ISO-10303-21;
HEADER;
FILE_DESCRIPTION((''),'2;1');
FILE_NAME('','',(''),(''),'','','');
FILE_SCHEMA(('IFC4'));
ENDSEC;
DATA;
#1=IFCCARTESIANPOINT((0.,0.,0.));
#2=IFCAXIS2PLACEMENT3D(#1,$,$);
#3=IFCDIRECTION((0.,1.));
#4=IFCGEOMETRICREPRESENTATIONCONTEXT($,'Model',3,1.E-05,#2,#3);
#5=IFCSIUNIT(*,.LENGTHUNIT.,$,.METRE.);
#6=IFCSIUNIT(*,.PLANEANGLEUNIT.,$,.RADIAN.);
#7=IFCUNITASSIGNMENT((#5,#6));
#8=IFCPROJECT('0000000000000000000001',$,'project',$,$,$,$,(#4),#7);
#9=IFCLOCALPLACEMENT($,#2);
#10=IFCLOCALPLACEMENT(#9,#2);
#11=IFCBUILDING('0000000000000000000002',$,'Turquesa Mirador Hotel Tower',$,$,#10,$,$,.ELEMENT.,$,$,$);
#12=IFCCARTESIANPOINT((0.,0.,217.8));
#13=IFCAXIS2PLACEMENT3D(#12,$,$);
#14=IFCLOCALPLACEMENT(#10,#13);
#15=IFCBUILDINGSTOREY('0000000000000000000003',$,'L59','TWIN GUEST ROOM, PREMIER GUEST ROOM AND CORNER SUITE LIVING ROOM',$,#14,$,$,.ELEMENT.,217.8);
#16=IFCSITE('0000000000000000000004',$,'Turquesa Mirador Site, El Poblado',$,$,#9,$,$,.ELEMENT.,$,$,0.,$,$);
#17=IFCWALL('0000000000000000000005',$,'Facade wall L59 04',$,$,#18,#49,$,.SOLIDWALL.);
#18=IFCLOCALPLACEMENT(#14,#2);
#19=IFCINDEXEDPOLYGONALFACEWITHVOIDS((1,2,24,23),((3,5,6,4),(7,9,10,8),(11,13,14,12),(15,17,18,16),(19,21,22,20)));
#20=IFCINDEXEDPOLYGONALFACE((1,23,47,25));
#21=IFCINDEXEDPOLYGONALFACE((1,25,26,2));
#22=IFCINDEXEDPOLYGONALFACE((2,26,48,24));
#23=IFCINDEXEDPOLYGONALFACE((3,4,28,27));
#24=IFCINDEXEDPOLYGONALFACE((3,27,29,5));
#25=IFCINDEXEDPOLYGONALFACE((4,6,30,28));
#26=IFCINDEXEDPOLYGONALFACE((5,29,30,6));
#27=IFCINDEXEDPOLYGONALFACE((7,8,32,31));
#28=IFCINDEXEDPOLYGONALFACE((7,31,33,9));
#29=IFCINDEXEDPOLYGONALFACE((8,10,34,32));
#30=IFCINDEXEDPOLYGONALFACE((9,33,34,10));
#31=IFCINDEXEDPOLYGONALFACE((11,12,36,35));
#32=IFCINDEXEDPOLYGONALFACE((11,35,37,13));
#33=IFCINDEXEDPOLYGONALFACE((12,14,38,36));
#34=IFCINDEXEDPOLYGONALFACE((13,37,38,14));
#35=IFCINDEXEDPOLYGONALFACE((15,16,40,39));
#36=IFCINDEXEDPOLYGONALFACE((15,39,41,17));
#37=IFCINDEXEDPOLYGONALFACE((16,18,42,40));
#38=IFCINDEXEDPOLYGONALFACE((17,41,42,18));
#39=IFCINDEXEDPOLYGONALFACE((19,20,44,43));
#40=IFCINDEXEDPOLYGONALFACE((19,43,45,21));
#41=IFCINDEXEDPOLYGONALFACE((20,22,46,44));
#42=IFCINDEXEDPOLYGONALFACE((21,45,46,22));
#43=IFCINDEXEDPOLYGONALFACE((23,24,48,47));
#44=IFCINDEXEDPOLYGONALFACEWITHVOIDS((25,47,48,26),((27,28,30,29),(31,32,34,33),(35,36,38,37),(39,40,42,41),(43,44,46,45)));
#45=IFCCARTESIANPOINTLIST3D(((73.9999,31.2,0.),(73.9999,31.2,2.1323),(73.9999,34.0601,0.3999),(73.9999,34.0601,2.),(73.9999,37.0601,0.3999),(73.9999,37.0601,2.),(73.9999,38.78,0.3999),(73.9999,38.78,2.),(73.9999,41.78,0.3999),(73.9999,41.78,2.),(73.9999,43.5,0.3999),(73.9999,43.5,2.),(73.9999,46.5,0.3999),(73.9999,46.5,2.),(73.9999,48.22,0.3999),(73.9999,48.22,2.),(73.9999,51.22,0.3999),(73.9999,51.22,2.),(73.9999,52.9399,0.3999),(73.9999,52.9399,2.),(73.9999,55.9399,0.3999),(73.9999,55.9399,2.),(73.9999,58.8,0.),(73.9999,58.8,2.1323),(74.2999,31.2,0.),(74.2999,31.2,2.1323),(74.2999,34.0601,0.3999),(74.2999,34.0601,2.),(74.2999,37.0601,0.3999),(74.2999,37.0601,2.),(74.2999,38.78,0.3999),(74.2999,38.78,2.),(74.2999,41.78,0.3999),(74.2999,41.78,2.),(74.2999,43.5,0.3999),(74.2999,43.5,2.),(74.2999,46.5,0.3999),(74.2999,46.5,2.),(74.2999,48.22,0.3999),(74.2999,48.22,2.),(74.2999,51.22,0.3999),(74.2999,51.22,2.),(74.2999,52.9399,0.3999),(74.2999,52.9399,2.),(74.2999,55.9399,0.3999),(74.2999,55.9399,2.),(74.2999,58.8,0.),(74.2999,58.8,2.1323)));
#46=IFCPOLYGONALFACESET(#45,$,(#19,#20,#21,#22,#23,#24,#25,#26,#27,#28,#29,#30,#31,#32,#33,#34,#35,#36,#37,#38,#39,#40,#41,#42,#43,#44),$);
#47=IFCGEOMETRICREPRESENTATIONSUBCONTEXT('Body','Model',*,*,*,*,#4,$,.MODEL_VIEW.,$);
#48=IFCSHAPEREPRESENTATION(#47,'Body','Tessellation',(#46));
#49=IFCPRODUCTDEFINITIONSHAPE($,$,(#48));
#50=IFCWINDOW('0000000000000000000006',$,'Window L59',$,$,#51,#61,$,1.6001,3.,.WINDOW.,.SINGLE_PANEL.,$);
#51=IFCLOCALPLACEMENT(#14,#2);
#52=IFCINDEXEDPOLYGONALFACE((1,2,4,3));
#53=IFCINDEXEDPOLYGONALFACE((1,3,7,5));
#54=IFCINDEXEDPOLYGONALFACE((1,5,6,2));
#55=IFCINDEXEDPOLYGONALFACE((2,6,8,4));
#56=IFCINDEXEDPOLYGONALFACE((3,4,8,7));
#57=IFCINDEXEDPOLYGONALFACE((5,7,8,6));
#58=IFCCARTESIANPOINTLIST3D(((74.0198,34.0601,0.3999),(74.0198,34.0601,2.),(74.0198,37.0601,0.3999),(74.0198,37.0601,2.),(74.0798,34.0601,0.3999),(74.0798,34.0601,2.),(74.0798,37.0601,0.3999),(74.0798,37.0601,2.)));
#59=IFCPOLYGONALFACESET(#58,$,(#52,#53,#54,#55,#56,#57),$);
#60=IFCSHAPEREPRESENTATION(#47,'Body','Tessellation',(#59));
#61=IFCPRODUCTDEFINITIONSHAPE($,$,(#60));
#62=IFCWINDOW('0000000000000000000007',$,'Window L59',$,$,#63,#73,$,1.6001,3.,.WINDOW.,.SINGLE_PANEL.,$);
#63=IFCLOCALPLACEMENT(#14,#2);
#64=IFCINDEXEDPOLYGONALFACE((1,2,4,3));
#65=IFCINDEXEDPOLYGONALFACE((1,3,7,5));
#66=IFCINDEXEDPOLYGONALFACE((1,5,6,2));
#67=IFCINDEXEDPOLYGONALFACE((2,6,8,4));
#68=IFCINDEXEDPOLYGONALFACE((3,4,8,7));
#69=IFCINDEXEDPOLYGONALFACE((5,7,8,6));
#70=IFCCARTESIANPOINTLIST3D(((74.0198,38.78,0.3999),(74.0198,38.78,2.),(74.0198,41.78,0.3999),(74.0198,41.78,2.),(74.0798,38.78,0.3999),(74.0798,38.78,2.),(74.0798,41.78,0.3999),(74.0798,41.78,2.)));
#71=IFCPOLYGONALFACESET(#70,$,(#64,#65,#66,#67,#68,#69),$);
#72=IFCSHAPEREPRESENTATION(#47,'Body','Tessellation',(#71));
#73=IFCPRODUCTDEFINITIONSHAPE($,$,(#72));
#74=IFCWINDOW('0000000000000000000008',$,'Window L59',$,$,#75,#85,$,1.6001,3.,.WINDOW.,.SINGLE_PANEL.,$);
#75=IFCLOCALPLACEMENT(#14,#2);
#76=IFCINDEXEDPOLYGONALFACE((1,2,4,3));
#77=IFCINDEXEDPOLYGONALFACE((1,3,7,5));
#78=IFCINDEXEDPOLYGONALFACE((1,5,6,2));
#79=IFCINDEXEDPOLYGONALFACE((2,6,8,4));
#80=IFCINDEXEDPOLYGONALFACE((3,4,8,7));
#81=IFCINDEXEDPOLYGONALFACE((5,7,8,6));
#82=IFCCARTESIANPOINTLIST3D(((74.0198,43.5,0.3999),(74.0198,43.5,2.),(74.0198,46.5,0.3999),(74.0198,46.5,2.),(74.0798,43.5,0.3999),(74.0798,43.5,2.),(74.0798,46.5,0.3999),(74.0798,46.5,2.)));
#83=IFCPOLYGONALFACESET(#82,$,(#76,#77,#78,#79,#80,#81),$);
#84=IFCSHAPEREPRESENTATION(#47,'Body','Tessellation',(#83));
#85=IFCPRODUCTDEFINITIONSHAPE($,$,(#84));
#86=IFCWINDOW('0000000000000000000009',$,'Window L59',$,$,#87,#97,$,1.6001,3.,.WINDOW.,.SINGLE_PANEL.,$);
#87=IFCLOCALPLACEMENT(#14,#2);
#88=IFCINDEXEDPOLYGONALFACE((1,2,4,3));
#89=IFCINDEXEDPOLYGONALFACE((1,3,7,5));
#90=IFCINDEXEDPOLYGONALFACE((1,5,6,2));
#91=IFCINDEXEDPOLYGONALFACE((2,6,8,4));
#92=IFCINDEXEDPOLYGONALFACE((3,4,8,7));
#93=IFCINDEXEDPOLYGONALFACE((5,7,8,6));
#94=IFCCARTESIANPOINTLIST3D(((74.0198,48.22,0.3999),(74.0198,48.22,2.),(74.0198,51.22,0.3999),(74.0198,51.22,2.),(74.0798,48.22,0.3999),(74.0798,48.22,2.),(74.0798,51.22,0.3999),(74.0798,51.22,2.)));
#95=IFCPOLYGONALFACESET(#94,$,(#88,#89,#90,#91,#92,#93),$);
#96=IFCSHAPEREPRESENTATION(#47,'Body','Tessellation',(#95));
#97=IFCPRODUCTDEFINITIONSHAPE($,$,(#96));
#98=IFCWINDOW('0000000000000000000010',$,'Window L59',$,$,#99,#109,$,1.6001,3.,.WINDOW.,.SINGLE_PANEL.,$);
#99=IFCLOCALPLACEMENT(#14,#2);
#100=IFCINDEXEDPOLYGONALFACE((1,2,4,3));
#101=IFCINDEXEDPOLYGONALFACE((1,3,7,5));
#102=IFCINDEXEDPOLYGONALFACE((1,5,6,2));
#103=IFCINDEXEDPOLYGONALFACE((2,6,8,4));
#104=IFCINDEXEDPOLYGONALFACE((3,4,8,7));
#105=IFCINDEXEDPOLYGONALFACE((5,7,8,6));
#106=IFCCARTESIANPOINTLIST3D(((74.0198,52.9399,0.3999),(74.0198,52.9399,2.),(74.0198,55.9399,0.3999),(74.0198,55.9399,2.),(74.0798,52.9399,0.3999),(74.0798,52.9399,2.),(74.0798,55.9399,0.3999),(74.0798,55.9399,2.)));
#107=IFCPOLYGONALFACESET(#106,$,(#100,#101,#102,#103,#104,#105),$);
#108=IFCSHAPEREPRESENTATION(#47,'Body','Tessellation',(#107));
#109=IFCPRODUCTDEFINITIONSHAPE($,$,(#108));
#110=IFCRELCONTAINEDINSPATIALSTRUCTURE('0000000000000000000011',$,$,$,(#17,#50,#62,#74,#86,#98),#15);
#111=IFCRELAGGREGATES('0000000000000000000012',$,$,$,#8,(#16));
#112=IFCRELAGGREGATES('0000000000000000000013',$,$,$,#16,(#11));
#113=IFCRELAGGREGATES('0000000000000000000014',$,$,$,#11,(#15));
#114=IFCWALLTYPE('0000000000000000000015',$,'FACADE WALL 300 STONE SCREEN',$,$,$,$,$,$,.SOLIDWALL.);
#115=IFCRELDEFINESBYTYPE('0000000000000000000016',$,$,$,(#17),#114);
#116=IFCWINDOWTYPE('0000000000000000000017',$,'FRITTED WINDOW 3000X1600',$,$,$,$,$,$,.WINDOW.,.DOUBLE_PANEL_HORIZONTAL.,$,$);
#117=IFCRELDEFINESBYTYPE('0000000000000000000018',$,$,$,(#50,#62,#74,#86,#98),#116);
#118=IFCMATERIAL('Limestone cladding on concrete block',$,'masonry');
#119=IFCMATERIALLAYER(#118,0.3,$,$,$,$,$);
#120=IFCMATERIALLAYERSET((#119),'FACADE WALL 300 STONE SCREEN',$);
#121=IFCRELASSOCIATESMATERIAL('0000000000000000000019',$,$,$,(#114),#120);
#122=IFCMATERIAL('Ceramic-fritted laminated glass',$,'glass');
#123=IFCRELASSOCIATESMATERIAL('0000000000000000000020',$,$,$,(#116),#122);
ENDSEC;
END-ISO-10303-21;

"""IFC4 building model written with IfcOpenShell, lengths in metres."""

from ifc_helpers import new_model, si_unit, direction, frame, frame_2d, origin, place, context, subcontext, project, spatial, rectangle, extrude, material, layer, layer_set, type_object, element, fill, save


model = new_model("IFC4")

# Units and contexts
model_context = context("Model", 3, precision=1e-05, world=origin(), true_north=direction((0.0, 1.0)))
body_context = subcontext(model_context, "Body", "Model", "MODEL_VIEW")
ifc_project = project(units=[si_unit("LENGTHUNIT", "METRE"), si_unit("PLANEANGLEUNIT", "RADIAN")], contexts=[model_context])

# Site, building, storey
site_placement = place(None, origin())
site = spatial("IfcSite", under=ifc_project, at=site_placement, Name="Turquesa Mirador Site, El Poblado", CompositionType="ELEMENT", RefElevation=0.0)
building_placement = place(site_placement, origin())
building = spatial("IfcBuilding", under=site, at=building_placement, Name="Turquesa Mirador Hotel Tower", CompositionType="ELEMENT")
storey_placement = place(building_placement, frame((0.0, 0.0, 217.8)))
storey = spatial("IfcBuildingStorey", under=building, at=storey_placement, Name="L59", Description="TWIN GUEST ROOM, PREMIER GUEST ROOM AND CORNER SUITE LIVING ROOM", CompositionType="ELEMENT", Elevation=217.8)

# Shared definitions
ifc_material_1 = material(Name="Limestone cladding on concrete block", Category="masonry")
ifc_layer_1 = layer(ifc_material_1, 0.3)
ifc_layer_set_1 = layer_set([ifc_layer_1], Name="FACADE WALL 300 STONE SCREEN")
wall_type_1 = type_object("IfcWallType", Name="FACADE WALL 300 STONE SCREEN", PredefinedType="SOLIDWALL", material=ifc_layer_set_1)

# Wall, openings, windows
wall_1_placement = place(storey_placement, frame((74.1499, 31.2, 0.0), z_axis=(0.0, 0.0, 1.0), x_axis=(0.0, 1.0, 0.0)))
wall_1 = element("IfcWall", 1, at=wall_1_placement, inside=storey, type_object=wall_type_1, Name="Facade wall L59 04", PredefinedType="SOLIDWALL", context=body_context, shape_type="SweptSolid", body=[
    extrude(rectangle(XDim=27.6001, YDim=0.3, at=frame_2d((13.8, 0.0))), origin(), (0.0, 0.0, 1.0), 2.1323),
])
opening_1_placement = place(wall_1_placement, frame((2.8601, 0.0, 0.3999)))
opening_1 = element("IfcOpeningElement", 2, at=opening_1_placement, cuts=wall_1, PredefinedType="OPENING", context=body_context, shape_type="SweptSolid", body=[
    extrude(rectangle(XDim=3.0, YDim=1.6001, at=frame_2d((1.5, 0.8))), frame((0.0, 0.1599, 0.0), z_axis=(0.0, -1.0, 0.0), x_axis=(1.0, 0.0, 0.0)), (0.0, 0.0, 1.0), 0.3201),
])
opening_2_placement = place(wall_1_placement, frame((7.5801, 0.0, 0.3999)))
opening_2 = element("IfcOpeningElement", 3, at=opening_2_placement, cuts=wall_1, PredefinedType="OPENING", context=body_context, shape_type="SweptSolid", body=[
    extrude(rectangle(XDim=3.0, YDim=1.6001, at=frame_2d((1.5, 0.8))), frame((0.0, 0.1599, 0.0), z_axis=(0.0, -1.0, 0.0), x_axis=(1.0, 0.0, 0.0)), (0.0, 0.0, 1.0), 0.3201),
])
opening_3_placement = place(wall_1_placement, frame((12.3, 0.0, 0.3999)))
opening_3 = element("IfcOpeningElement", 4, at=opening_3_placement, cuts=wall_1, PredefinedType="OPENING", context=body_context, shape_type="SweptSolid", body=[
    extrude(rectangle(XDim=3.0, YDim=1.6001, at=frame_2d((1.5, 0.8))), frame((0.0, 0.1599, 0.0), z_axis=(0.0, -1.0, 0.0), x_axis=(1.0, 0.0, 0.0)), (0.0, 0.0, 1.0), 0.3201),
])
opening_4_placement = place(wall_1_placement, frame((17.02, 0.0, 0.3999)))
opening_4 = element("IfcOpeningElement", 5, at=opening_4_placement, cuts=wall_1, PredefinedType="OPENING", context=body_context, shape_type="SweptSolid", body=[
    extrude(rectangle(XDim=3.0, YDim=1.6001, at=frame_2d((1.5, 0.8))), frame((0.0, 0.1599, 0.0), z_axis=(0.0, -1.0, 0.0), x_axis=(1.0, 0.0, 0.0)), (0.0, 0.0, 1.0), 0.3201),
])
opening_5_placement = place(wall_1_placement, frame((21.74, 0.0, 0.3999)))
opening_5 = element("IfcOpeningElement", 6, at=opening_5_placement, cuts=wall_1, PredefinedType="OPENING", context=body_context, shape_type="SweptSolid", body=[
    extrude(rectangle(XDim=3.0, YDim=1.6001, at=frame_2d((1.5, 0.8))), frame((0.0, 0.1599, 0.0), z_axis=(0.0, -1.0, 0.0), x_axis=(1.0, 0.0, 0.0)), (0.0, 0.0, 1.0), 0.3201),
])
ifc_material_2 = material(Name="Ceramic-fritted laminated glass", Category="glass")
window_type_1 = type_object("IfcWindowType", Name="FRITTED WINDOW 3000X1600", PartitioningType="DOUBLE_PANEL_HORIZONTAL", PredefinedType="WINDOW", material=ifc_material_2)
window_1_placement = place(opening_1_placement, origin())
window_1 = element("IfcWindow", 7, at=window_1_placement, inside=storey, type_object=window_type_1, Name="Window L59", OverallHeight=1.6001, OverallWidth=3.0, PartitioningType="SINGLE_PANEL", PredefinedType="WINDOW", context=body_context, shape_type="SweptSolid", body=[
    extrude(rectangle(XDim=3.0, YDim=1.6001, at=frame_2d((1.5, 0.8))), frame((0.0, 0.1301, 0.0), z_axis=(0.0, -1.0, 0.0), x_axis=(1.0, 0.0, 0.0)), (0.0, 0.0, 1.0), 0.0601),
])
fill(opening_1, window_1)
window_2_placement = place(opening_2_placement, origin())
window_2 = element("IfcWindow", 8, at=window_2_placement, inside=storey, type_object=window_type_1, Name="Window L59", OverallHeight=1.6001, OverallWidth=3.0, PartitioningType="SINGLE_PANEL", PredefinedType="WINDOW", context=body_context, shape_type="SweptSolid", body=[
    extrude(rectangle(XDim=3.0, YDim=1.6001, at=frame_2d((1.5, 0.8))), frame((0.0, 0.1301, 0.0), z_axis=(0.0, -1.0, 0.0), x_axis=(1.0, 0.0, 0.0)), (0.0, 0.0, 1.0), 0.0601),
])
fill(opening_2, window_2)
window_3_placement = place(opening_3_placement, origin())
window_3 = element("IfcWindow", 9, at=window_3_placement, inside=storey, type_object=window_type_1, Name="Window L59", OverallHeight=1.6001, OverallWidth=3.0, PartitioningType="SINGLE_PANEL", PredefinedType="WINDOW", context=body_context, shape_type="SweptSolid", body=[
    extrude(rectangle(XDim=3.0, YDim=1.6001, at=frame_2d((1.5, 0.8))), frame((0.0, 0.1301, 0.0), z_axis=(0.0, -1.0, 0.0), x_axis=(1.0, 0.0, 0.0)), (0.0, 0.0, 1.0), 0.0601),
])
fill(opening_3, window_3)
window_4_placement = place(opening_4_placement, origin())
window_4 = element("IfcWindow", 10, at=window_4_placement, inside=storey, type_object=window_type_1, Name="Window L59", OverallHeight=1.6001, OverallWidth=3.0, PartitioningType="SINGLE_PANEL", PredefinedType="WINDOW", context=body_context, shape_type="SweptSolid", body=[
    extrude(rectangle(XDim=3.0, YDim=1.6001, at=frame_2d((1.5, 0.8))), frame((0.0, 0.1301, 0.0), z_axis=(0.0, -1.0, 0.0), x_axis=(1.0, 0.0, 0.0)), (0.0, 0.0, 1.0), 0.0601),
])
fill(opening_4, window_4)
window_5_placement = place(opening_5_placement, origin())
window_5 = element("IfcWindow", 11, at=window_5_placement, inside=storey, type_object=window_type_1, Name="Window L59", OverallHeight=1.6001, OverallWidth=3.0, PartitioningType="SINGLE_PANEL", PredefinedType="WINDOW", context=body_context, shape_type="SweptSolid", body=[
    extrude(rectangle(XDim=3.0, YDim=1.6001, at=frame_2d((1.5, 0.8))), frame((0.0, 0.1301, 0.0), z_axis=(0.0, -1.0, 0.0), x_axis=(1.0, 0.0, 0.0)), (0.0, 0.0, 1.0), 0.0601),
])
fill(opening_5, window_5)

save(model, "model.ifc")
